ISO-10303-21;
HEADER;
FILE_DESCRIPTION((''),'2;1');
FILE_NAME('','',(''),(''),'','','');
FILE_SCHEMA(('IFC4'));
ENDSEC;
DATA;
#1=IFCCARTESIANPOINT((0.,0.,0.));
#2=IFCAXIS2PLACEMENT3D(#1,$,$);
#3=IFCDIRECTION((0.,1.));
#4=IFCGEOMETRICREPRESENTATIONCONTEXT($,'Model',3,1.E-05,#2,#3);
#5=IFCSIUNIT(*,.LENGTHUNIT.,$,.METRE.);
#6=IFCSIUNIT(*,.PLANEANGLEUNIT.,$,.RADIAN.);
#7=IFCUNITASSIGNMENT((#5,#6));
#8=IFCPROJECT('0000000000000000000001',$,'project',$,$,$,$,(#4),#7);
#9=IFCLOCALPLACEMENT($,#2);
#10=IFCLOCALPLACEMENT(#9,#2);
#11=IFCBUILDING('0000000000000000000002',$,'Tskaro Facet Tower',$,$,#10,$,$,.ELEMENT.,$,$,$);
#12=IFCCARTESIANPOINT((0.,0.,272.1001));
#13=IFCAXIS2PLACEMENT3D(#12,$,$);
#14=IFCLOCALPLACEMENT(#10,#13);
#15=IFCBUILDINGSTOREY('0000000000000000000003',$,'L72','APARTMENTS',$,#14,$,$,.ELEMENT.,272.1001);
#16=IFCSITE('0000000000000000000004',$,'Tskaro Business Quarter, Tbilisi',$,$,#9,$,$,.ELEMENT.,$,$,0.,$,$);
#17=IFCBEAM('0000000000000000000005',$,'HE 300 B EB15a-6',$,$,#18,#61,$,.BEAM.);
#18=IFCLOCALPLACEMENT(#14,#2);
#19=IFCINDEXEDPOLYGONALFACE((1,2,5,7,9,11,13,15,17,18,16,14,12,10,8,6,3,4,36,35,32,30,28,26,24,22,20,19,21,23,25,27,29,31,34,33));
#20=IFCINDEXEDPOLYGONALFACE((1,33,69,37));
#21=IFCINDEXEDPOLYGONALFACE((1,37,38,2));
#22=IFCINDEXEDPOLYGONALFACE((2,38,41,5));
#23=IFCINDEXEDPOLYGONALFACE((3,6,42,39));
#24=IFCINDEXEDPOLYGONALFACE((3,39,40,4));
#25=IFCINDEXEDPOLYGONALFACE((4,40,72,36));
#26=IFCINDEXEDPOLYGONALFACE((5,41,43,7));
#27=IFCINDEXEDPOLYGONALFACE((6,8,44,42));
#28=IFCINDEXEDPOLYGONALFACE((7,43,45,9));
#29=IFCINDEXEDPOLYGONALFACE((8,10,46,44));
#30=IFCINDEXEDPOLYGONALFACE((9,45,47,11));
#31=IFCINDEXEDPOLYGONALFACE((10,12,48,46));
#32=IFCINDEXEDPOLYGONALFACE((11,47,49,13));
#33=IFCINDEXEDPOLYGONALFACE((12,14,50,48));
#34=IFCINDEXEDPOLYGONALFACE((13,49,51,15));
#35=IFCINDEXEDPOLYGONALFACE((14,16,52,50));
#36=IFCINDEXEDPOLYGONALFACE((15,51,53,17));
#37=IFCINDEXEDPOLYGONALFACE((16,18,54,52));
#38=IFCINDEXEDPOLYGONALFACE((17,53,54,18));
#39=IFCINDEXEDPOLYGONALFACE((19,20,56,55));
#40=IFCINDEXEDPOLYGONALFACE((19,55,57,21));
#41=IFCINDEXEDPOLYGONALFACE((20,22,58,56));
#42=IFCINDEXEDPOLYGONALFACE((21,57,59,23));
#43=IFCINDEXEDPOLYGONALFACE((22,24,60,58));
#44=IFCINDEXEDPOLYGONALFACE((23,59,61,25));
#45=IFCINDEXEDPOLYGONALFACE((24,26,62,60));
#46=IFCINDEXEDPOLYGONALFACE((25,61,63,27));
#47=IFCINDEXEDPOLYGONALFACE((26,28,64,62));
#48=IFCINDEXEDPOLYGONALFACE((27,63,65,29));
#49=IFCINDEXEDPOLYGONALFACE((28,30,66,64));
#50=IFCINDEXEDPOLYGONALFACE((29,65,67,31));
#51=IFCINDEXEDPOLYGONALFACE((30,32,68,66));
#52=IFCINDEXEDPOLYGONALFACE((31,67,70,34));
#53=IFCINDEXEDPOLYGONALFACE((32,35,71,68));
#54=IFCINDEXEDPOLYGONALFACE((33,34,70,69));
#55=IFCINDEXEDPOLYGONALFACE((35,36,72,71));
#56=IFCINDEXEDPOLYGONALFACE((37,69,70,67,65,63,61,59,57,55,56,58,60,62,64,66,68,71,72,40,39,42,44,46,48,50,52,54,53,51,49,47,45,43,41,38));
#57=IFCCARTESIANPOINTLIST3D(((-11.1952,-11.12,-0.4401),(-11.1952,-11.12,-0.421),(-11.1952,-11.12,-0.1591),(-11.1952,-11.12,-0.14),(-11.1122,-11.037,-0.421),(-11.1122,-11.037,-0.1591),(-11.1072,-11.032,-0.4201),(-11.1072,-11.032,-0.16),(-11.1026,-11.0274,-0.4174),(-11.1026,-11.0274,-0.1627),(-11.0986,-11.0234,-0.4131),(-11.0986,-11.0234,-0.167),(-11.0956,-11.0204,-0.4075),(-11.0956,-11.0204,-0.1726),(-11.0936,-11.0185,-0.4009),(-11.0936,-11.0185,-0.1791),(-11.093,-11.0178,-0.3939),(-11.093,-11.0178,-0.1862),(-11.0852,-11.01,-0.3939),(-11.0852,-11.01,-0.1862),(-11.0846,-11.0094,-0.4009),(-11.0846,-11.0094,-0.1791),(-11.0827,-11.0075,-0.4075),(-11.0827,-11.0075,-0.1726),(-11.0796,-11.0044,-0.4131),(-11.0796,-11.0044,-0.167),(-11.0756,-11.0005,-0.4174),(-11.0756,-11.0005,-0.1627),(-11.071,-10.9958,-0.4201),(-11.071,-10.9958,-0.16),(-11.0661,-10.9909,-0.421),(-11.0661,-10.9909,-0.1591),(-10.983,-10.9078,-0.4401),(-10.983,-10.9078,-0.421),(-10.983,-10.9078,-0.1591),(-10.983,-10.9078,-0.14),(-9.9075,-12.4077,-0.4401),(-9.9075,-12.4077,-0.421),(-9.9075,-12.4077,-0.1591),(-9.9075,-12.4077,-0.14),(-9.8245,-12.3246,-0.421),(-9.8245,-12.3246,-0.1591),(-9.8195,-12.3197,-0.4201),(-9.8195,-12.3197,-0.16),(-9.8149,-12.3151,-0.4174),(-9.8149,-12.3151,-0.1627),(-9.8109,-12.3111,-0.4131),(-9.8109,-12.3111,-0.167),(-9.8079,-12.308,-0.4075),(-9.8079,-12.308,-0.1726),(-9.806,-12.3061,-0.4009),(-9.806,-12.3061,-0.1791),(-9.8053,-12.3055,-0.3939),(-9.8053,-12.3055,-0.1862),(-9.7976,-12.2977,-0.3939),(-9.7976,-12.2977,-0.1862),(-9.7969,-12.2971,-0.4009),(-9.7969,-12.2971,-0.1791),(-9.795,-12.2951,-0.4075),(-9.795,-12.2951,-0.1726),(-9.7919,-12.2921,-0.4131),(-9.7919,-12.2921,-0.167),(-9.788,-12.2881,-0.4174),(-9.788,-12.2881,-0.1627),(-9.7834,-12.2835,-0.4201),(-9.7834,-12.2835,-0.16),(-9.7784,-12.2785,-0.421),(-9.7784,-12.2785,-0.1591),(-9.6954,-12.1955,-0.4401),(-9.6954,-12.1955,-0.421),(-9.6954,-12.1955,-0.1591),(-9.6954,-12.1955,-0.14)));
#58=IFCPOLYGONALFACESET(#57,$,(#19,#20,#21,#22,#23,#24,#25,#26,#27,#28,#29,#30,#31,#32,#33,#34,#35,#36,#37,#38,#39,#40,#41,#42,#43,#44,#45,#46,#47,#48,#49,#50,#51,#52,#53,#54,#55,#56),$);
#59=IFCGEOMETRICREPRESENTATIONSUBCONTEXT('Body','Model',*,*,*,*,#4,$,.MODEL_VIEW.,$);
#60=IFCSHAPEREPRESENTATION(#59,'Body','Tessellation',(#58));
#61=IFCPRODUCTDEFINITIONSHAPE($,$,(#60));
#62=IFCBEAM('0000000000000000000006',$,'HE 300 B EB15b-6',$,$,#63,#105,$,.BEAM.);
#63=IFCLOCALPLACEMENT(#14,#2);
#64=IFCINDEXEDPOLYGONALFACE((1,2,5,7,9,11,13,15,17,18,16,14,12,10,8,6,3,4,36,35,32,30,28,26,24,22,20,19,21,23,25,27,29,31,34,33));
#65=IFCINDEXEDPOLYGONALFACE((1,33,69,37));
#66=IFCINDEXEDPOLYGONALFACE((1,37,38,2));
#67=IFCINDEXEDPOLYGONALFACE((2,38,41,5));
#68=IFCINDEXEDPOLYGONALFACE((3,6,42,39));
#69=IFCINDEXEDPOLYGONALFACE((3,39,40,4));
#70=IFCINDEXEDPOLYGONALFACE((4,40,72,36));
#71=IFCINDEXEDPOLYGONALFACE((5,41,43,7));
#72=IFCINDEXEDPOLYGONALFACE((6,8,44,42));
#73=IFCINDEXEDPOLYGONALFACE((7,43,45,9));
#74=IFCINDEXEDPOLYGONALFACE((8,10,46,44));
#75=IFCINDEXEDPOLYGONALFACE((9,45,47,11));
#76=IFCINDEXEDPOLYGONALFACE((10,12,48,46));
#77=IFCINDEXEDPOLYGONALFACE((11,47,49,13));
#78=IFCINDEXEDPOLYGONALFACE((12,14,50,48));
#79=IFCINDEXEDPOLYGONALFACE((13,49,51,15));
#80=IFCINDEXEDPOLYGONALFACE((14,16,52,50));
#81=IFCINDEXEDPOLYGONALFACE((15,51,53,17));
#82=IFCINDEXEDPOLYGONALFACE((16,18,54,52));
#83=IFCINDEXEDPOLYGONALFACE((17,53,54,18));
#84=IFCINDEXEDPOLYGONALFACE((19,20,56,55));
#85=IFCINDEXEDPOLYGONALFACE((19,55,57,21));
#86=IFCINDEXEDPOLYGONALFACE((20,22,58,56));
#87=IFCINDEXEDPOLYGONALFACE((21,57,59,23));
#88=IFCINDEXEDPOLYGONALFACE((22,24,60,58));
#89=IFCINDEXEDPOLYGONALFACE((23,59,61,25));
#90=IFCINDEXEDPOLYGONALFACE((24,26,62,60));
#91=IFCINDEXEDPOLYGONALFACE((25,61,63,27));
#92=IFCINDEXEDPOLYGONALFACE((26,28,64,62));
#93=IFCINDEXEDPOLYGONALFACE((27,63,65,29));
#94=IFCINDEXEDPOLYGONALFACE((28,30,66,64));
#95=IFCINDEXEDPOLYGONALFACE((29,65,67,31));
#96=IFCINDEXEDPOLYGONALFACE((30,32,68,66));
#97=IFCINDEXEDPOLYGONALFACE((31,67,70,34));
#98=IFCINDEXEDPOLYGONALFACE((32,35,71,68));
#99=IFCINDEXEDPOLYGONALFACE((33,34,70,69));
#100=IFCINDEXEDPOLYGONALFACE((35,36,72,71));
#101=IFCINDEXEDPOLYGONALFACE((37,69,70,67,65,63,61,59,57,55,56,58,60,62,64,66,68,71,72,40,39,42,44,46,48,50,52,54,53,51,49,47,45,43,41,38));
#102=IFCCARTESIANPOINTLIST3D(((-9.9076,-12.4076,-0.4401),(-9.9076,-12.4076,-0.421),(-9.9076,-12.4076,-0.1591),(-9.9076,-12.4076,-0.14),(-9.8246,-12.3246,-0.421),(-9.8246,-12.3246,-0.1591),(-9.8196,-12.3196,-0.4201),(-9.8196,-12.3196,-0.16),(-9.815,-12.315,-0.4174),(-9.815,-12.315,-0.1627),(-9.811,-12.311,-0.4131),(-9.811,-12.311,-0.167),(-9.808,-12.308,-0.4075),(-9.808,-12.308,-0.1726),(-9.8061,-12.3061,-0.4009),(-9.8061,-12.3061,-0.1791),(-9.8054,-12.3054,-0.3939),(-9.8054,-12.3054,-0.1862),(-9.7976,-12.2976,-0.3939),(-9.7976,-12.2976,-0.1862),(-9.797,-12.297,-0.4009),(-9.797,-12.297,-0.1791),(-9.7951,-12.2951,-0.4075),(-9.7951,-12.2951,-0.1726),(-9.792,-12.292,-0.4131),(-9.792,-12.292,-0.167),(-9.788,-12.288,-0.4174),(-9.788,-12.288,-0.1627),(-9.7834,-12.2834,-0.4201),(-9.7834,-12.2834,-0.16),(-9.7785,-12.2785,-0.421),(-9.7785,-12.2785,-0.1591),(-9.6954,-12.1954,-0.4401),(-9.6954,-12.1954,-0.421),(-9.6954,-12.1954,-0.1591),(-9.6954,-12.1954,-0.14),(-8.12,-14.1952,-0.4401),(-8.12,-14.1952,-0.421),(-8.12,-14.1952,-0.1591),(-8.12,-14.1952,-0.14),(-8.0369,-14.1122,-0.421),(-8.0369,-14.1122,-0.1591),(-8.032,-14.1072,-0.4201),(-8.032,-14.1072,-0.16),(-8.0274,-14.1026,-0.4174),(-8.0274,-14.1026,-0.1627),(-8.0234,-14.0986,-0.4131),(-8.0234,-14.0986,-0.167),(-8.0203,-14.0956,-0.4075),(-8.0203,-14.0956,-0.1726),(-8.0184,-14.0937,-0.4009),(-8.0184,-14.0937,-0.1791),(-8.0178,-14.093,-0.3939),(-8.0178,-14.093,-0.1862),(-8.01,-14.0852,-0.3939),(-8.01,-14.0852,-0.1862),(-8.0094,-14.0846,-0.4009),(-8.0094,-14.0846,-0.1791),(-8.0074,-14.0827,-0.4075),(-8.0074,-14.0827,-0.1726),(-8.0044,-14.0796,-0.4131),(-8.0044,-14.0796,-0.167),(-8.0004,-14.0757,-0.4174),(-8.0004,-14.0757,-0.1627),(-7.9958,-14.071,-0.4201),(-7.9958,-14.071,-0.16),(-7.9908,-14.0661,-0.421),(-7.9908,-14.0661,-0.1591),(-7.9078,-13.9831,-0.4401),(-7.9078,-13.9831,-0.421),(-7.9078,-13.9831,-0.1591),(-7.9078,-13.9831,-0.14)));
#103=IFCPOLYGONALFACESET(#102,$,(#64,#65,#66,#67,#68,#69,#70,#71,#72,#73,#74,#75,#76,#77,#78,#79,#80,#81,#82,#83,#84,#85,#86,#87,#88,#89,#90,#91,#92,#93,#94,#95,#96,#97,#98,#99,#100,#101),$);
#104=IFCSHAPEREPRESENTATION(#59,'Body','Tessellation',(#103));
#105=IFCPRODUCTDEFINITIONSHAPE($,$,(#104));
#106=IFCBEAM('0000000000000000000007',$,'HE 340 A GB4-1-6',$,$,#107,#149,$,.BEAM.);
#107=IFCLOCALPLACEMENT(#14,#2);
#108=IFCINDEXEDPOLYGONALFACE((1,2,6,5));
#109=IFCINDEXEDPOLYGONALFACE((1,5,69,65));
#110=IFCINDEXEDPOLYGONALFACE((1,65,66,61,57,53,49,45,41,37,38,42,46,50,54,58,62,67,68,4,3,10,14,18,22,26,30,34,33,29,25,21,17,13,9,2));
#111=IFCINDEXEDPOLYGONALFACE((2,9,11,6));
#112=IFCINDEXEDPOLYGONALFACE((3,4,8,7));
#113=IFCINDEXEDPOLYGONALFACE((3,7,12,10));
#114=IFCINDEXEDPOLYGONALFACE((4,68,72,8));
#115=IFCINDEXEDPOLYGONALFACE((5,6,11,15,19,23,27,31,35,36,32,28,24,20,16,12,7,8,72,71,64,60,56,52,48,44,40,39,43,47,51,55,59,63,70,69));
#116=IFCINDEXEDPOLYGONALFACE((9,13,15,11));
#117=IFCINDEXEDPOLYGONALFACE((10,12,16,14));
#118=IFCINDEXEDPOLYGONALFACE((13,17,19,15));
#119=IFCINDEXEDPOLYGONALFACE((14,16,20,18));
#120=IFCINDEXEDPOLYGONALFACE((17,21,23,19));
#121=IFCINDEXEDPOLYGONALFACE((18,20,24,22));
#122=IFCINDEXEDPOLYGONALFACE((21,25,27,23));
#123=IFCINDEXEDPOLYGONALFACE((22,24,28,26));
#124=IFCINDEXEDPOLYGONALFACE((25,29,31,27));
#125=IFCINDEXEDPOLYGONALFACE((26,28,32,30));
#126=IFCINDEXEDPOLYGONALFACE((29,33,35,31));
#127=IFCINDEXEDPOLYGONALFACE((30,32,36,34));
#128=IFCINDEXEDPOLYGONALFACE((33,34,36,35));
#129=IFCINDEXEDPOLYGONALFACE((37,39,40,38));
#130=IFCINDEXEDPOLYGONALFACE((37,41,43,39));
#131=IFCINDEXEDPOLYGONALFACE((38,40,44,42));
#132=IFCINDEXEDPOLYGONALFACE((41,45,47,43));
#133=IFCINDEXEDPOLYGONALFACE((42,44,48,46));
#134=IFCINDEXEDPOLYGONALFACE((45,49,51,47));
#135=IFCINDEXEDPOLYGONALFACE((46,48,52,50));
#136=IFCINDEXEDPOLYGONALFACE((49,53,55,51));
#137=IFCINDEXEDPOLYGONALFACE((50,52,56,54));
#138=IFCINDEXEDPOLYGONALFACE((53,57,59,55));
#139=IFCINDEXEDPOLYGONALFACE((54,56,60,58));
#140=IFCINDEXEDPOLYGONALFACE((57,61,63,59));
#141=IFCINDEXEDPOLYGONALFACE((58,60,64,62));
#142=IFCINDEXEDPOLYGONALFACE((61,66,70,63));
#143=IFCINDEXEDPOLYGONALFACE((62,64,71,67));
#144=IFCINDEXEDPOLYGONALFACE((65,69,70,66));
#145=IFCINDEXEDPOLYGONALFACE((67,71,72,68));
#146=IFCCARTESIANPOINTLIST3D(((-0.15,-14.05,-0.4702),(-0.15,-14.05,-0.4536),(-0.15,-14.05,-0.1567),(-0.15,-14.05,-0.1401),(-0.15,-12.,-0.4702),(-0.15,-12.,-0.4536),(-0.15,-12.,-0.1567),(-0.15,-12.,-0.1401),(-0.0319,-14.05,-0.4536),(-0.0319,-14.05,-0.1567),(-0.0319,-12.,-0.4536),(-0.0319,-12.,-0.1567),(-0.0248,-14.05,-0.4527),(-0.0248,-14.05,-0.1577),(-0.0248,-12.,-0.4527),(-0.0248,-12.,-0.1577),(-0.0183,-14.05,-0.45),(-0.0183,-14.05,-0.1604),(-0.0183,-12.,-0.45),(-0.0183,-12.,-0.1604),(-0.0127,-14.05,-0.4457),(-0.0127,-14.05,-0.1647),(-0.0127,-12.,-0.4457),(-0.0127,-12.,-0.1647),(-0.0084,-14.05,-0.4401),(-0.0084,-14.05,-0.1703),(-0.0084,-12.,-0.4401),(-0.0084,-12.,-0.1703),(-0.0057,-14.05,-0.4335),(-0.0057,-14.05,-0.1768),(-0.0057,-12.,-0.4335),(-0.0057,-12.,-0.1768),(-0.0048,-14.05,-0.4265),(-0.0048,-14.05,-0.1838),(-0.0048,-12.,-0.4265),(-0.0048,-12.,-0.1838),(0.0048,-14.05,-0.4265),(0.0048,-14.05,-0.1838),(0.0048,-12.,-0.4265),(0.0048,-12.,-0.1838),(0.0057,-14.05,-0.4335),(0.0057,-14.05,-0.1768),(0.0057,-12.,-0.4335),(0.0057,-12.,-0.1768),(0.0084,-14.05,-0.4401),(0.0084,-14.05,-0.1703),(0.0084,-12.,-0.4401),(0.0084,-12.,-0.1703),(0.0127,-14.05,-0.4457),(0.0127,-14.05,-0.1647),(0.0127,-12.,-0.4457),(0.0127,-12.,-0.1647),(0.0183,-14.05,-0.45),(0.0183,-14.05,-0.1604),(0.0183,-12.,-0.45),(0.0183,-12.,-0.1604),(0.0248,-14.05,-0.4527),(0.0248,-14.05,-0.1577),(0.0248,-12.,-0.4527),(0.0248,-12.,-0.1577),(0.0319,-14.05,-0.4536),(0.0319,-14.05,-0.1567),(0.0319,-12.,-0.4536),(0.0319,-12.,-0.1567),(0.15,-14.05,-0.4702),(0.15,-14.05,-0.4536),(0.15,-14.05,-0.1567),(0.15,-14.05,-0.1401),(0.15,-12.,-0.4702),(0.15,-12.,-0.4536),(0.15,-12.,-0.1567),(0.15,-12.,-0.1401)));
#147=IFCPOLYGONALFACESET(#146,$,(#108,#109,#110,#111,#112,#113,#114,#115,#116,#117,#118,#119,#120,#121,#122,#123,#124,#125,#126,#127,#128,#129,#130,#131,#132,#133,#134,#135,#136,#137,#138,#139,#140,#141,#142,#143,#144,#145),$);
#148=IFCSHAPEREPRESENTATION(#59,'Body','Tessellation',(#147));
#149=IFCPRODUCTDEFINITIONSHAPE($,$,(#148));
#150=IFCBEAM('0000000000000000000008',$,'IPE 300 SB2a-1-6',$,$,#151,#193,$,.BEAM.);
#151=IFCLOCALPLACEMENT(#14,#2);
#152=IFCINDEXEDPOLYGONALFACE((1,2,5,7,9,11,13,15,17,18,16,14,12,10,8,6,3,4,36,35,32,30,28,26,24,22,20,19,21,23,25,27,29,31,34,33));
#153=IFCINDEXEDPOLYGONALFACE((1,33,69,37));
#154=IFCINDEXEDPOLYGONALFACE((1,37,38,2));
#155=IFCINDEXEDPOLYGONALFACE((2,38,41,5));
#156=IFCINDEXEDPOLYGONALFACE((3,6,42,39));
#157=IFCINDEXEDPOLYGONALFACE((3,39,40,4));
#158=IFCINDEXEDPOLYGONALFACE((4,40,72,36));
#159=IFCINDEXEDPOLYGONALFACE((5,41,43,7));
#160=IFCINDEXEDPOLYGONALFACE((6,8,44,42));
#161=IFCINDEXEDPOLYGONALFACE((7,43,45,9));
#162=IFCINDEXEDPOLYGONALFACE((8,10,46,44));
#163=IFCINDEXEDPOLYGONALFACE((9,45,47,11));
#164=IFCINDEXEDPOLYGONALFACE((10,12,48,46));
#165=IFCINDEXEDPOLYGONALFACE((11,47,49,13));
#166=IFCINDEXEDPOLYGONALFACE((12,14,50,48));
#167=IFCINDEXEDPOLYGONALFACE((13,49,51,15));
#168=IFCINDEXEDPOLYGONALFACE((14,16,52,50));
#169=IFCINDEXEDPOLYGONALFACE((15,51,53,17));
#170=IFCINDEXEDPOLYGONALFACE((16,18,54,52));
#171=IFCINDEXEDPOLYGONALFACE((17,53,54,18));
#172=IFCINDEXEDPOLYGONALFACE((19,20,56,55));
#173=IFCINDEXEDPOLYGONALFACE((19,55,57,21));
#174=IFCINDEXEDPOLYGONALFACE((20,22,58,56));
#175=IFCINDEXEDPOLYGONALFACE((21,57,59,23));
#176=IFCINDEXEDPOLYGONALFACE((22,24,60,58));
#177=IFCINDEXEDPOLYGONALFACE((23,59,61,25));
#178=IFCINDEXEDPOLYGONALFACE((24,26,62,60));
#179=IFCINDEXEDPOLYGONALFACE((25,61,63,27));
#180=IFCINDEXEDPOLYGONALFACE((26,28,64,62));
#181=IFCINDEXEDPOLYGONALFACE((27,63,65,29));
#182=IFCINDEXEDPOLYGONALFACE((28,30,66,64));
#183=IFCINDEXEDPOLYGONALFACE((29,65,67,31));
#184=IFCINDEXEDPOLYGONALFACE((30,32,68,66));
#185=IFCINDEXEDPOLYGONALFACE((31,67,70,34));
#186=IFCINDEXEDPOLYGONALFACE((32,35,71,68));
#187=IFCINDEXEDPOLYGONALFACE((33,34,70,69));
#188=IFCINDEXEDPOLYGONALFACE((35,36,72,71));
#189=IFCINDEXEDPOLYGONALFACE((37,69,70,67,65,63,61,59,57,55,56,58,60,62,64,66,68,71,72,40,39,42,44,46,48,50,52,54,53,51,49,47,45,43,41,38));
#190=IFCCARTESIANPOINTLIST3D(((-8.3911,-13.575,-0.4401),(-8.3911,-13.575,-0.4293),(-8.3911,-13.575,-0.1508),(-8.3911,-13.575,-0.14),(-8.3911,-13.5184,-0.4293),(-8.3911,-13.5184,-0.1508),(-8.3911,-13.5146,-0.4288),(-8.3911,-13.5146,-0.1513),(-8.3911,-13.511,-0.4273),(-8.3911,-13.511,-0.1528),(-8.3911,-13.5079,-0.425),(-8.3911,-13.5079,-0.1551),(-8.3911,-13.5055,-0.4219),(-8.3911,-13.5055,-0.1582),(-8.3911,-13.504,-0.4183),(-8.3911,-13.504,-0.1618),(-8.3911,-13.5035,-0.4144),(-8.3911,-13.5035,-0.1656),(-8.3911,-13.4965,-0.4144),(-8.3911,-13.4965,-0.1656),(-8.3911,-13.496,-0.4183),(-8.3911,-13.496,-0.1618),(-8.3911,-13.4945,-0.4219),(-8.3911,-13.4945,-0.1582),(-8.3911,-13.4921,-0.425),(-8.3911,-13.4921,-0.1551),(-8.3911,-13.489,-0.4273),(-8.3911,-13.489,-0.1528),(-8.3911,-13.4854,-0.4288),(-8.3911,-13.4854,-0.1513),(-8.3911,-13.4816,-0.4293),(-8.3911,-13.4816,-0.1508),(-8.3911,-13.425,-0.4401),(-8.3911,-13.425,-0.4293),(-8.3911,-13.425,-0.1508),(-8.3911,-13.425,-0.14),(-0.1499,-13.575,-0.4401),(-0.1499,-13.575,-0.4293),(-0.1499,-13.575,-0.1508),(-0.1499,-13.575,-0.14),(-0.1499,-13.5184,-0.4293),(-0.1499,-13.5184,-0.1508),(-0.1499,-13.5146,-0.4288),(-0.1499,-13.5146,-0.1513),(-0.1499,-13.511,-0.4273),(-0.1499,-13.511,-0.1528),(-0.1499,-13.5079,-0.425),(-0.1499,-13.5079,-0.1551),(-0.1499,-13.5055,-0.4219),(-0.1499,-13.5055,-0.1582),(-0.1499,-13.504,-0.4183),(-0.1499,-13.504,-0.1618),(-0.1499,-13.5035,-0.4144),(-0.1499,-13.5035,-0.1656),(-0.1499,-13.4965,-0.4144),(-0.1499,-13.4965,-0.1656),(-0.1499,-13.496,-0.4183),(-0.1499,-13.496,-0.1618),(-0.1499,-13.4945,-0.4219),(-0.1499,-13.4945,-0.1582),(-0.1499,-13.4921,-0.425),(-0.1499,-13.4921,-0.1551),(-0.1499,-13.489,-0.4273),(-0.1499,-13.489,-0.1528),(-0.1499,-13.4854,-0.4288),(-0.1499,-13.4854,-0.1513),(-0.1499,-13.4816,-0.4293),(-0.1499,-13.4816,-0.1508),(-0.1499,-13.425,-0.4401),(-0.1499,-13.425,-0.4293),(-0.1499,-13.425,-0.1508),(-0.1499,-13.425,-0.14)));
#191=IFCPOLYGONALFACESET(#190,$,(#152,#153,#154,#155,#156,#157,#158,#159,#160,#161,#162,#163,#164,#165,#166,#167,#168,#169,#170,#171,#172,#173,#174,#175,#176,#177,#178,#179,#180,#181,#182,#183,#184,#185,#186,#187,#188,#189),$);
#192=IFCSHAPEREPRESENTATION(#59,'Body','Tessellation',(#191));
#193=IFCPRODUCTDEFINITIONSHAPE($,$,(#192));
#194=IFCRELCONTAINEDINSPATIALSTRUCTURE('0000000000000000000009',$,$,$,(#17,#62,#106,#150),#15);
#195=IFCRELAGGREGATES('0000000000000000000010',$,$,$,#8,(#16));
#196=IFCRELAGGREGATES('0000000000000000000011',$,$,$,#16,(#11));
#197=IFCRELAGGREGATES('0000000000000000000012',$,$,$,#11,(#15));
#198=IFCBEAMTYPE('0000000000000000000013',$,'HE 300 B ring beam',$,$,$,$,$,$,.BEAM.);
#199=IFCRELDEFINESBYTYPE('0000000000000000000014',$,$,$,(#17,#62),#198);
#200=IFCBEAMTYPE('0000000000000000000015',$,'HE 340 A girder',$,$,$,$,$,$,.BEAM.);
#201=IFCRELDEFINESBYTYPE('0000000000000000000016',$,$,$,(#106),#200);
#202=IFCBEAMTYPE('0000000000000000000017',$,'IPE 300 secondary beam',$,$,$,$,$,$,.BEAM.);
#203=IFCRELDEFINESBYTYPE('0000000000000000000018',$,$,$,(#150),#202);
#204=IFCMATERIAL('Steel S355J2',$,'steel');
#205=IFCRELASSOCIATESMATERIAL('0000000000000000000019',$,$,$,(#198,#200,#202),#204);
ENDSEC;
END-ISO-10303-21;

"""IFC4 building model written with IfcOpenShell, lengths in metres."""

from ifc_helpers import new_model, si_unit, direction, frame, origin, origin_2d, place, context, subcontext, project, spatial, i_section, extrude, material, material_profile, profile_set, type_object, element, save


model = new_model("IFC4")

# Units and contexts
model_context = context("Model", 3, precision=1e-05, world=origin(), true_north=direction((0.0, 1.0)))
body_context = subcontext(model_context, "Body", "Model", "MODEL_VIEW")
ifc_project = project(units=[si_unit("LENGTHUNIT", "METRE"), si_unit("PLANEANGLEUNIT", "RADIAN")], contexts=[model_context])

# Site, building, storey
site_placement = place(None, origin())
site = spatial("IfcSite", under=ifc_project, at=site_placement, Name="Tskaro Business Quarter, Tbilisi", CompositionType="ELEMENT", RefElevation=0.0)
building_placement = place(site_placement, origin())
building = spatial("IfcBuilding", under=site, at=building_placement, Name="Tskaro Facet Tower", CompositionType="ELEMENT")
storey_placement = place(building_placement, frame((0.0, 0.0, 272.1001)))
storey = spatial("IfcBuildingStorey", under=building, at=storey_placement, Name="L72", Description="APARTMENTS", CompositionType="ELEMENT", Elevation=272.1001)

# Shared definitions
ifc_material_1 = material(Name="Steel S355J2", Category="steel")

# Beams
ifc_material_profile_1 = material_profile(ifc_material_1, i_section(OverallWidth=0.3, OverallDepth=0.3, WebThickness=0.011, FlangeThickness=0.019, FilletRadius=0.0271, at=origin_2d()), Name="HE 300 B")
ifc_profile_set_1 = profile_set([ifc_material_profile_1], Name="Steel S355J2")
beam_type_1 = type_object("IfcBeamType", Name="HE 300 B ring beam", PredefinedType="BEAM", material=ifc_profile_set_1)
beam_1_placement = place(storey_placement, frame((-11.0891, -11.0139, -0.29), z_axis=(0.707107, -0.707107, 0.0), x_axis=(0.707107, 0.707107, 0.0)))
element("IfcBeam", 1, at=beam_1_placement, inside=storey, type_object=beam_type_1, Name="HE 300 B EB15a-6", PredefinedType="BEAM", context=body_context, shape_type="SweptSolid", body=[
    extrude(i_section(OverallWidth=0.3, OverallDepth=0.3, WebThickness=0.011, FlangeThickness=0.019, FilletRadius=0.0271, at=origin_2d()), origin(), (0.0, 0.0, 1.0), 1.821),
])
beam_2_placement = place(storey_placement, frame((-9.8015, -12.3015, -0.29), z_axis=(0.707107, -0.707107, 0.0), x_axis=(0.707107, 0.707107, 0.0)))
element("IfcBeam", 2, at=beam_2_placement, inside=storey, type_object=beam_type_1, Name="HE 300 B EB15b-6", PredefinedType="BEAM", context=body_context, shape_type="SweptSolid", body=[
    extrude(i_section(OverallWidth=0.3, OverallDepth=0.3, WebThickness=0.011, FlangeThickness=0.019, FilletRadius=0.0271, at=origin_2d()), origin(), (0.0, 0.0, 1.0), 2.5281),
])
ifc_material_profile_2 = material_profile(ifc_material_1, i_section(OverallWidth=0.3, OverallDepth=0.3301, WebThickness=0.0095, FlangeThickness=0.0166, FilletRadius=0.0271, at=origin_2d()), Name="HE 340 A")
ifc_profile_set_2 = profile_set([ifc_material_profile_2], Name="Steel S355J2")
beam_type_2 = type_object("IfcBeamType", Name="HE 340 A girder", PredefinedType="BEAM", material=ifc_profile_set_2)
beam_3_placement = place(storey_placement, frame((0.0, -14.05, -0.3052), z_axis=(0.0, 1.0, 0.0), x_axis=(-1.0, 0.0, 0.0)))
element("IfcBeam", 3, at=beam_3_placement, inside=storey, type_object=beam_type_2, Name="HE 340 A GB4-1-6", PredefinedType="BEAM", context=body_context, shape_type="SweptSolid", body=[
    extrude(i_section(OverallWidth=0.3, OverallDepth=0.3301, WebThickness=0.0095, FlangeThickness=0.0166, FilletRadius=0.0271, at=origin_2d()), origin(), (0.0, 0.0, 1.0), 2.05),
])
ifc_material_profile_3 = material_profile(ifc_material_1, i_section(OverallWidth=0.1499, OverallDepth=0.3, WebThickness=0.0071, FlangeThickness=0.0107, FilletRadius=0.0149, at=origin_2d()), Name="IPE 300")
ifc_profile_set_3 = profile_set([ifc_material_profile_3], Name="Steel S355J2")
beam_type_3 = type_object("IfcBeamType", Name="IPE 300 secondary beam", PredefinedType="BEAM", material=ifc_profile_set_3)
beam_4_placement = place(storey_placement, frame((-8.3911, -13.5, -0.29), z_axis=(1.0, 0.0, 0.0), x_axis=(0.0, 1.0, 0.0)))
element("IfcBeam", 4, at=beam_4_placement, inside=storey, type_object=beam_type_3, Name="IPE 300 SB2a-1-6", PredefinedType="BEAM", context=body_context, shape_type="SweptSolid", body=[
    extrude(i_section(OverallWidth=0.1499, OverallDepth=0.3, WebThickness=0.0071, FlangeThickness=0.0107, FilletRadius=0.0149, at=origin_2d()), origin(), (0.0, 0.0, 1.0), 8.2412),
])

save(model, "model.ifc")
